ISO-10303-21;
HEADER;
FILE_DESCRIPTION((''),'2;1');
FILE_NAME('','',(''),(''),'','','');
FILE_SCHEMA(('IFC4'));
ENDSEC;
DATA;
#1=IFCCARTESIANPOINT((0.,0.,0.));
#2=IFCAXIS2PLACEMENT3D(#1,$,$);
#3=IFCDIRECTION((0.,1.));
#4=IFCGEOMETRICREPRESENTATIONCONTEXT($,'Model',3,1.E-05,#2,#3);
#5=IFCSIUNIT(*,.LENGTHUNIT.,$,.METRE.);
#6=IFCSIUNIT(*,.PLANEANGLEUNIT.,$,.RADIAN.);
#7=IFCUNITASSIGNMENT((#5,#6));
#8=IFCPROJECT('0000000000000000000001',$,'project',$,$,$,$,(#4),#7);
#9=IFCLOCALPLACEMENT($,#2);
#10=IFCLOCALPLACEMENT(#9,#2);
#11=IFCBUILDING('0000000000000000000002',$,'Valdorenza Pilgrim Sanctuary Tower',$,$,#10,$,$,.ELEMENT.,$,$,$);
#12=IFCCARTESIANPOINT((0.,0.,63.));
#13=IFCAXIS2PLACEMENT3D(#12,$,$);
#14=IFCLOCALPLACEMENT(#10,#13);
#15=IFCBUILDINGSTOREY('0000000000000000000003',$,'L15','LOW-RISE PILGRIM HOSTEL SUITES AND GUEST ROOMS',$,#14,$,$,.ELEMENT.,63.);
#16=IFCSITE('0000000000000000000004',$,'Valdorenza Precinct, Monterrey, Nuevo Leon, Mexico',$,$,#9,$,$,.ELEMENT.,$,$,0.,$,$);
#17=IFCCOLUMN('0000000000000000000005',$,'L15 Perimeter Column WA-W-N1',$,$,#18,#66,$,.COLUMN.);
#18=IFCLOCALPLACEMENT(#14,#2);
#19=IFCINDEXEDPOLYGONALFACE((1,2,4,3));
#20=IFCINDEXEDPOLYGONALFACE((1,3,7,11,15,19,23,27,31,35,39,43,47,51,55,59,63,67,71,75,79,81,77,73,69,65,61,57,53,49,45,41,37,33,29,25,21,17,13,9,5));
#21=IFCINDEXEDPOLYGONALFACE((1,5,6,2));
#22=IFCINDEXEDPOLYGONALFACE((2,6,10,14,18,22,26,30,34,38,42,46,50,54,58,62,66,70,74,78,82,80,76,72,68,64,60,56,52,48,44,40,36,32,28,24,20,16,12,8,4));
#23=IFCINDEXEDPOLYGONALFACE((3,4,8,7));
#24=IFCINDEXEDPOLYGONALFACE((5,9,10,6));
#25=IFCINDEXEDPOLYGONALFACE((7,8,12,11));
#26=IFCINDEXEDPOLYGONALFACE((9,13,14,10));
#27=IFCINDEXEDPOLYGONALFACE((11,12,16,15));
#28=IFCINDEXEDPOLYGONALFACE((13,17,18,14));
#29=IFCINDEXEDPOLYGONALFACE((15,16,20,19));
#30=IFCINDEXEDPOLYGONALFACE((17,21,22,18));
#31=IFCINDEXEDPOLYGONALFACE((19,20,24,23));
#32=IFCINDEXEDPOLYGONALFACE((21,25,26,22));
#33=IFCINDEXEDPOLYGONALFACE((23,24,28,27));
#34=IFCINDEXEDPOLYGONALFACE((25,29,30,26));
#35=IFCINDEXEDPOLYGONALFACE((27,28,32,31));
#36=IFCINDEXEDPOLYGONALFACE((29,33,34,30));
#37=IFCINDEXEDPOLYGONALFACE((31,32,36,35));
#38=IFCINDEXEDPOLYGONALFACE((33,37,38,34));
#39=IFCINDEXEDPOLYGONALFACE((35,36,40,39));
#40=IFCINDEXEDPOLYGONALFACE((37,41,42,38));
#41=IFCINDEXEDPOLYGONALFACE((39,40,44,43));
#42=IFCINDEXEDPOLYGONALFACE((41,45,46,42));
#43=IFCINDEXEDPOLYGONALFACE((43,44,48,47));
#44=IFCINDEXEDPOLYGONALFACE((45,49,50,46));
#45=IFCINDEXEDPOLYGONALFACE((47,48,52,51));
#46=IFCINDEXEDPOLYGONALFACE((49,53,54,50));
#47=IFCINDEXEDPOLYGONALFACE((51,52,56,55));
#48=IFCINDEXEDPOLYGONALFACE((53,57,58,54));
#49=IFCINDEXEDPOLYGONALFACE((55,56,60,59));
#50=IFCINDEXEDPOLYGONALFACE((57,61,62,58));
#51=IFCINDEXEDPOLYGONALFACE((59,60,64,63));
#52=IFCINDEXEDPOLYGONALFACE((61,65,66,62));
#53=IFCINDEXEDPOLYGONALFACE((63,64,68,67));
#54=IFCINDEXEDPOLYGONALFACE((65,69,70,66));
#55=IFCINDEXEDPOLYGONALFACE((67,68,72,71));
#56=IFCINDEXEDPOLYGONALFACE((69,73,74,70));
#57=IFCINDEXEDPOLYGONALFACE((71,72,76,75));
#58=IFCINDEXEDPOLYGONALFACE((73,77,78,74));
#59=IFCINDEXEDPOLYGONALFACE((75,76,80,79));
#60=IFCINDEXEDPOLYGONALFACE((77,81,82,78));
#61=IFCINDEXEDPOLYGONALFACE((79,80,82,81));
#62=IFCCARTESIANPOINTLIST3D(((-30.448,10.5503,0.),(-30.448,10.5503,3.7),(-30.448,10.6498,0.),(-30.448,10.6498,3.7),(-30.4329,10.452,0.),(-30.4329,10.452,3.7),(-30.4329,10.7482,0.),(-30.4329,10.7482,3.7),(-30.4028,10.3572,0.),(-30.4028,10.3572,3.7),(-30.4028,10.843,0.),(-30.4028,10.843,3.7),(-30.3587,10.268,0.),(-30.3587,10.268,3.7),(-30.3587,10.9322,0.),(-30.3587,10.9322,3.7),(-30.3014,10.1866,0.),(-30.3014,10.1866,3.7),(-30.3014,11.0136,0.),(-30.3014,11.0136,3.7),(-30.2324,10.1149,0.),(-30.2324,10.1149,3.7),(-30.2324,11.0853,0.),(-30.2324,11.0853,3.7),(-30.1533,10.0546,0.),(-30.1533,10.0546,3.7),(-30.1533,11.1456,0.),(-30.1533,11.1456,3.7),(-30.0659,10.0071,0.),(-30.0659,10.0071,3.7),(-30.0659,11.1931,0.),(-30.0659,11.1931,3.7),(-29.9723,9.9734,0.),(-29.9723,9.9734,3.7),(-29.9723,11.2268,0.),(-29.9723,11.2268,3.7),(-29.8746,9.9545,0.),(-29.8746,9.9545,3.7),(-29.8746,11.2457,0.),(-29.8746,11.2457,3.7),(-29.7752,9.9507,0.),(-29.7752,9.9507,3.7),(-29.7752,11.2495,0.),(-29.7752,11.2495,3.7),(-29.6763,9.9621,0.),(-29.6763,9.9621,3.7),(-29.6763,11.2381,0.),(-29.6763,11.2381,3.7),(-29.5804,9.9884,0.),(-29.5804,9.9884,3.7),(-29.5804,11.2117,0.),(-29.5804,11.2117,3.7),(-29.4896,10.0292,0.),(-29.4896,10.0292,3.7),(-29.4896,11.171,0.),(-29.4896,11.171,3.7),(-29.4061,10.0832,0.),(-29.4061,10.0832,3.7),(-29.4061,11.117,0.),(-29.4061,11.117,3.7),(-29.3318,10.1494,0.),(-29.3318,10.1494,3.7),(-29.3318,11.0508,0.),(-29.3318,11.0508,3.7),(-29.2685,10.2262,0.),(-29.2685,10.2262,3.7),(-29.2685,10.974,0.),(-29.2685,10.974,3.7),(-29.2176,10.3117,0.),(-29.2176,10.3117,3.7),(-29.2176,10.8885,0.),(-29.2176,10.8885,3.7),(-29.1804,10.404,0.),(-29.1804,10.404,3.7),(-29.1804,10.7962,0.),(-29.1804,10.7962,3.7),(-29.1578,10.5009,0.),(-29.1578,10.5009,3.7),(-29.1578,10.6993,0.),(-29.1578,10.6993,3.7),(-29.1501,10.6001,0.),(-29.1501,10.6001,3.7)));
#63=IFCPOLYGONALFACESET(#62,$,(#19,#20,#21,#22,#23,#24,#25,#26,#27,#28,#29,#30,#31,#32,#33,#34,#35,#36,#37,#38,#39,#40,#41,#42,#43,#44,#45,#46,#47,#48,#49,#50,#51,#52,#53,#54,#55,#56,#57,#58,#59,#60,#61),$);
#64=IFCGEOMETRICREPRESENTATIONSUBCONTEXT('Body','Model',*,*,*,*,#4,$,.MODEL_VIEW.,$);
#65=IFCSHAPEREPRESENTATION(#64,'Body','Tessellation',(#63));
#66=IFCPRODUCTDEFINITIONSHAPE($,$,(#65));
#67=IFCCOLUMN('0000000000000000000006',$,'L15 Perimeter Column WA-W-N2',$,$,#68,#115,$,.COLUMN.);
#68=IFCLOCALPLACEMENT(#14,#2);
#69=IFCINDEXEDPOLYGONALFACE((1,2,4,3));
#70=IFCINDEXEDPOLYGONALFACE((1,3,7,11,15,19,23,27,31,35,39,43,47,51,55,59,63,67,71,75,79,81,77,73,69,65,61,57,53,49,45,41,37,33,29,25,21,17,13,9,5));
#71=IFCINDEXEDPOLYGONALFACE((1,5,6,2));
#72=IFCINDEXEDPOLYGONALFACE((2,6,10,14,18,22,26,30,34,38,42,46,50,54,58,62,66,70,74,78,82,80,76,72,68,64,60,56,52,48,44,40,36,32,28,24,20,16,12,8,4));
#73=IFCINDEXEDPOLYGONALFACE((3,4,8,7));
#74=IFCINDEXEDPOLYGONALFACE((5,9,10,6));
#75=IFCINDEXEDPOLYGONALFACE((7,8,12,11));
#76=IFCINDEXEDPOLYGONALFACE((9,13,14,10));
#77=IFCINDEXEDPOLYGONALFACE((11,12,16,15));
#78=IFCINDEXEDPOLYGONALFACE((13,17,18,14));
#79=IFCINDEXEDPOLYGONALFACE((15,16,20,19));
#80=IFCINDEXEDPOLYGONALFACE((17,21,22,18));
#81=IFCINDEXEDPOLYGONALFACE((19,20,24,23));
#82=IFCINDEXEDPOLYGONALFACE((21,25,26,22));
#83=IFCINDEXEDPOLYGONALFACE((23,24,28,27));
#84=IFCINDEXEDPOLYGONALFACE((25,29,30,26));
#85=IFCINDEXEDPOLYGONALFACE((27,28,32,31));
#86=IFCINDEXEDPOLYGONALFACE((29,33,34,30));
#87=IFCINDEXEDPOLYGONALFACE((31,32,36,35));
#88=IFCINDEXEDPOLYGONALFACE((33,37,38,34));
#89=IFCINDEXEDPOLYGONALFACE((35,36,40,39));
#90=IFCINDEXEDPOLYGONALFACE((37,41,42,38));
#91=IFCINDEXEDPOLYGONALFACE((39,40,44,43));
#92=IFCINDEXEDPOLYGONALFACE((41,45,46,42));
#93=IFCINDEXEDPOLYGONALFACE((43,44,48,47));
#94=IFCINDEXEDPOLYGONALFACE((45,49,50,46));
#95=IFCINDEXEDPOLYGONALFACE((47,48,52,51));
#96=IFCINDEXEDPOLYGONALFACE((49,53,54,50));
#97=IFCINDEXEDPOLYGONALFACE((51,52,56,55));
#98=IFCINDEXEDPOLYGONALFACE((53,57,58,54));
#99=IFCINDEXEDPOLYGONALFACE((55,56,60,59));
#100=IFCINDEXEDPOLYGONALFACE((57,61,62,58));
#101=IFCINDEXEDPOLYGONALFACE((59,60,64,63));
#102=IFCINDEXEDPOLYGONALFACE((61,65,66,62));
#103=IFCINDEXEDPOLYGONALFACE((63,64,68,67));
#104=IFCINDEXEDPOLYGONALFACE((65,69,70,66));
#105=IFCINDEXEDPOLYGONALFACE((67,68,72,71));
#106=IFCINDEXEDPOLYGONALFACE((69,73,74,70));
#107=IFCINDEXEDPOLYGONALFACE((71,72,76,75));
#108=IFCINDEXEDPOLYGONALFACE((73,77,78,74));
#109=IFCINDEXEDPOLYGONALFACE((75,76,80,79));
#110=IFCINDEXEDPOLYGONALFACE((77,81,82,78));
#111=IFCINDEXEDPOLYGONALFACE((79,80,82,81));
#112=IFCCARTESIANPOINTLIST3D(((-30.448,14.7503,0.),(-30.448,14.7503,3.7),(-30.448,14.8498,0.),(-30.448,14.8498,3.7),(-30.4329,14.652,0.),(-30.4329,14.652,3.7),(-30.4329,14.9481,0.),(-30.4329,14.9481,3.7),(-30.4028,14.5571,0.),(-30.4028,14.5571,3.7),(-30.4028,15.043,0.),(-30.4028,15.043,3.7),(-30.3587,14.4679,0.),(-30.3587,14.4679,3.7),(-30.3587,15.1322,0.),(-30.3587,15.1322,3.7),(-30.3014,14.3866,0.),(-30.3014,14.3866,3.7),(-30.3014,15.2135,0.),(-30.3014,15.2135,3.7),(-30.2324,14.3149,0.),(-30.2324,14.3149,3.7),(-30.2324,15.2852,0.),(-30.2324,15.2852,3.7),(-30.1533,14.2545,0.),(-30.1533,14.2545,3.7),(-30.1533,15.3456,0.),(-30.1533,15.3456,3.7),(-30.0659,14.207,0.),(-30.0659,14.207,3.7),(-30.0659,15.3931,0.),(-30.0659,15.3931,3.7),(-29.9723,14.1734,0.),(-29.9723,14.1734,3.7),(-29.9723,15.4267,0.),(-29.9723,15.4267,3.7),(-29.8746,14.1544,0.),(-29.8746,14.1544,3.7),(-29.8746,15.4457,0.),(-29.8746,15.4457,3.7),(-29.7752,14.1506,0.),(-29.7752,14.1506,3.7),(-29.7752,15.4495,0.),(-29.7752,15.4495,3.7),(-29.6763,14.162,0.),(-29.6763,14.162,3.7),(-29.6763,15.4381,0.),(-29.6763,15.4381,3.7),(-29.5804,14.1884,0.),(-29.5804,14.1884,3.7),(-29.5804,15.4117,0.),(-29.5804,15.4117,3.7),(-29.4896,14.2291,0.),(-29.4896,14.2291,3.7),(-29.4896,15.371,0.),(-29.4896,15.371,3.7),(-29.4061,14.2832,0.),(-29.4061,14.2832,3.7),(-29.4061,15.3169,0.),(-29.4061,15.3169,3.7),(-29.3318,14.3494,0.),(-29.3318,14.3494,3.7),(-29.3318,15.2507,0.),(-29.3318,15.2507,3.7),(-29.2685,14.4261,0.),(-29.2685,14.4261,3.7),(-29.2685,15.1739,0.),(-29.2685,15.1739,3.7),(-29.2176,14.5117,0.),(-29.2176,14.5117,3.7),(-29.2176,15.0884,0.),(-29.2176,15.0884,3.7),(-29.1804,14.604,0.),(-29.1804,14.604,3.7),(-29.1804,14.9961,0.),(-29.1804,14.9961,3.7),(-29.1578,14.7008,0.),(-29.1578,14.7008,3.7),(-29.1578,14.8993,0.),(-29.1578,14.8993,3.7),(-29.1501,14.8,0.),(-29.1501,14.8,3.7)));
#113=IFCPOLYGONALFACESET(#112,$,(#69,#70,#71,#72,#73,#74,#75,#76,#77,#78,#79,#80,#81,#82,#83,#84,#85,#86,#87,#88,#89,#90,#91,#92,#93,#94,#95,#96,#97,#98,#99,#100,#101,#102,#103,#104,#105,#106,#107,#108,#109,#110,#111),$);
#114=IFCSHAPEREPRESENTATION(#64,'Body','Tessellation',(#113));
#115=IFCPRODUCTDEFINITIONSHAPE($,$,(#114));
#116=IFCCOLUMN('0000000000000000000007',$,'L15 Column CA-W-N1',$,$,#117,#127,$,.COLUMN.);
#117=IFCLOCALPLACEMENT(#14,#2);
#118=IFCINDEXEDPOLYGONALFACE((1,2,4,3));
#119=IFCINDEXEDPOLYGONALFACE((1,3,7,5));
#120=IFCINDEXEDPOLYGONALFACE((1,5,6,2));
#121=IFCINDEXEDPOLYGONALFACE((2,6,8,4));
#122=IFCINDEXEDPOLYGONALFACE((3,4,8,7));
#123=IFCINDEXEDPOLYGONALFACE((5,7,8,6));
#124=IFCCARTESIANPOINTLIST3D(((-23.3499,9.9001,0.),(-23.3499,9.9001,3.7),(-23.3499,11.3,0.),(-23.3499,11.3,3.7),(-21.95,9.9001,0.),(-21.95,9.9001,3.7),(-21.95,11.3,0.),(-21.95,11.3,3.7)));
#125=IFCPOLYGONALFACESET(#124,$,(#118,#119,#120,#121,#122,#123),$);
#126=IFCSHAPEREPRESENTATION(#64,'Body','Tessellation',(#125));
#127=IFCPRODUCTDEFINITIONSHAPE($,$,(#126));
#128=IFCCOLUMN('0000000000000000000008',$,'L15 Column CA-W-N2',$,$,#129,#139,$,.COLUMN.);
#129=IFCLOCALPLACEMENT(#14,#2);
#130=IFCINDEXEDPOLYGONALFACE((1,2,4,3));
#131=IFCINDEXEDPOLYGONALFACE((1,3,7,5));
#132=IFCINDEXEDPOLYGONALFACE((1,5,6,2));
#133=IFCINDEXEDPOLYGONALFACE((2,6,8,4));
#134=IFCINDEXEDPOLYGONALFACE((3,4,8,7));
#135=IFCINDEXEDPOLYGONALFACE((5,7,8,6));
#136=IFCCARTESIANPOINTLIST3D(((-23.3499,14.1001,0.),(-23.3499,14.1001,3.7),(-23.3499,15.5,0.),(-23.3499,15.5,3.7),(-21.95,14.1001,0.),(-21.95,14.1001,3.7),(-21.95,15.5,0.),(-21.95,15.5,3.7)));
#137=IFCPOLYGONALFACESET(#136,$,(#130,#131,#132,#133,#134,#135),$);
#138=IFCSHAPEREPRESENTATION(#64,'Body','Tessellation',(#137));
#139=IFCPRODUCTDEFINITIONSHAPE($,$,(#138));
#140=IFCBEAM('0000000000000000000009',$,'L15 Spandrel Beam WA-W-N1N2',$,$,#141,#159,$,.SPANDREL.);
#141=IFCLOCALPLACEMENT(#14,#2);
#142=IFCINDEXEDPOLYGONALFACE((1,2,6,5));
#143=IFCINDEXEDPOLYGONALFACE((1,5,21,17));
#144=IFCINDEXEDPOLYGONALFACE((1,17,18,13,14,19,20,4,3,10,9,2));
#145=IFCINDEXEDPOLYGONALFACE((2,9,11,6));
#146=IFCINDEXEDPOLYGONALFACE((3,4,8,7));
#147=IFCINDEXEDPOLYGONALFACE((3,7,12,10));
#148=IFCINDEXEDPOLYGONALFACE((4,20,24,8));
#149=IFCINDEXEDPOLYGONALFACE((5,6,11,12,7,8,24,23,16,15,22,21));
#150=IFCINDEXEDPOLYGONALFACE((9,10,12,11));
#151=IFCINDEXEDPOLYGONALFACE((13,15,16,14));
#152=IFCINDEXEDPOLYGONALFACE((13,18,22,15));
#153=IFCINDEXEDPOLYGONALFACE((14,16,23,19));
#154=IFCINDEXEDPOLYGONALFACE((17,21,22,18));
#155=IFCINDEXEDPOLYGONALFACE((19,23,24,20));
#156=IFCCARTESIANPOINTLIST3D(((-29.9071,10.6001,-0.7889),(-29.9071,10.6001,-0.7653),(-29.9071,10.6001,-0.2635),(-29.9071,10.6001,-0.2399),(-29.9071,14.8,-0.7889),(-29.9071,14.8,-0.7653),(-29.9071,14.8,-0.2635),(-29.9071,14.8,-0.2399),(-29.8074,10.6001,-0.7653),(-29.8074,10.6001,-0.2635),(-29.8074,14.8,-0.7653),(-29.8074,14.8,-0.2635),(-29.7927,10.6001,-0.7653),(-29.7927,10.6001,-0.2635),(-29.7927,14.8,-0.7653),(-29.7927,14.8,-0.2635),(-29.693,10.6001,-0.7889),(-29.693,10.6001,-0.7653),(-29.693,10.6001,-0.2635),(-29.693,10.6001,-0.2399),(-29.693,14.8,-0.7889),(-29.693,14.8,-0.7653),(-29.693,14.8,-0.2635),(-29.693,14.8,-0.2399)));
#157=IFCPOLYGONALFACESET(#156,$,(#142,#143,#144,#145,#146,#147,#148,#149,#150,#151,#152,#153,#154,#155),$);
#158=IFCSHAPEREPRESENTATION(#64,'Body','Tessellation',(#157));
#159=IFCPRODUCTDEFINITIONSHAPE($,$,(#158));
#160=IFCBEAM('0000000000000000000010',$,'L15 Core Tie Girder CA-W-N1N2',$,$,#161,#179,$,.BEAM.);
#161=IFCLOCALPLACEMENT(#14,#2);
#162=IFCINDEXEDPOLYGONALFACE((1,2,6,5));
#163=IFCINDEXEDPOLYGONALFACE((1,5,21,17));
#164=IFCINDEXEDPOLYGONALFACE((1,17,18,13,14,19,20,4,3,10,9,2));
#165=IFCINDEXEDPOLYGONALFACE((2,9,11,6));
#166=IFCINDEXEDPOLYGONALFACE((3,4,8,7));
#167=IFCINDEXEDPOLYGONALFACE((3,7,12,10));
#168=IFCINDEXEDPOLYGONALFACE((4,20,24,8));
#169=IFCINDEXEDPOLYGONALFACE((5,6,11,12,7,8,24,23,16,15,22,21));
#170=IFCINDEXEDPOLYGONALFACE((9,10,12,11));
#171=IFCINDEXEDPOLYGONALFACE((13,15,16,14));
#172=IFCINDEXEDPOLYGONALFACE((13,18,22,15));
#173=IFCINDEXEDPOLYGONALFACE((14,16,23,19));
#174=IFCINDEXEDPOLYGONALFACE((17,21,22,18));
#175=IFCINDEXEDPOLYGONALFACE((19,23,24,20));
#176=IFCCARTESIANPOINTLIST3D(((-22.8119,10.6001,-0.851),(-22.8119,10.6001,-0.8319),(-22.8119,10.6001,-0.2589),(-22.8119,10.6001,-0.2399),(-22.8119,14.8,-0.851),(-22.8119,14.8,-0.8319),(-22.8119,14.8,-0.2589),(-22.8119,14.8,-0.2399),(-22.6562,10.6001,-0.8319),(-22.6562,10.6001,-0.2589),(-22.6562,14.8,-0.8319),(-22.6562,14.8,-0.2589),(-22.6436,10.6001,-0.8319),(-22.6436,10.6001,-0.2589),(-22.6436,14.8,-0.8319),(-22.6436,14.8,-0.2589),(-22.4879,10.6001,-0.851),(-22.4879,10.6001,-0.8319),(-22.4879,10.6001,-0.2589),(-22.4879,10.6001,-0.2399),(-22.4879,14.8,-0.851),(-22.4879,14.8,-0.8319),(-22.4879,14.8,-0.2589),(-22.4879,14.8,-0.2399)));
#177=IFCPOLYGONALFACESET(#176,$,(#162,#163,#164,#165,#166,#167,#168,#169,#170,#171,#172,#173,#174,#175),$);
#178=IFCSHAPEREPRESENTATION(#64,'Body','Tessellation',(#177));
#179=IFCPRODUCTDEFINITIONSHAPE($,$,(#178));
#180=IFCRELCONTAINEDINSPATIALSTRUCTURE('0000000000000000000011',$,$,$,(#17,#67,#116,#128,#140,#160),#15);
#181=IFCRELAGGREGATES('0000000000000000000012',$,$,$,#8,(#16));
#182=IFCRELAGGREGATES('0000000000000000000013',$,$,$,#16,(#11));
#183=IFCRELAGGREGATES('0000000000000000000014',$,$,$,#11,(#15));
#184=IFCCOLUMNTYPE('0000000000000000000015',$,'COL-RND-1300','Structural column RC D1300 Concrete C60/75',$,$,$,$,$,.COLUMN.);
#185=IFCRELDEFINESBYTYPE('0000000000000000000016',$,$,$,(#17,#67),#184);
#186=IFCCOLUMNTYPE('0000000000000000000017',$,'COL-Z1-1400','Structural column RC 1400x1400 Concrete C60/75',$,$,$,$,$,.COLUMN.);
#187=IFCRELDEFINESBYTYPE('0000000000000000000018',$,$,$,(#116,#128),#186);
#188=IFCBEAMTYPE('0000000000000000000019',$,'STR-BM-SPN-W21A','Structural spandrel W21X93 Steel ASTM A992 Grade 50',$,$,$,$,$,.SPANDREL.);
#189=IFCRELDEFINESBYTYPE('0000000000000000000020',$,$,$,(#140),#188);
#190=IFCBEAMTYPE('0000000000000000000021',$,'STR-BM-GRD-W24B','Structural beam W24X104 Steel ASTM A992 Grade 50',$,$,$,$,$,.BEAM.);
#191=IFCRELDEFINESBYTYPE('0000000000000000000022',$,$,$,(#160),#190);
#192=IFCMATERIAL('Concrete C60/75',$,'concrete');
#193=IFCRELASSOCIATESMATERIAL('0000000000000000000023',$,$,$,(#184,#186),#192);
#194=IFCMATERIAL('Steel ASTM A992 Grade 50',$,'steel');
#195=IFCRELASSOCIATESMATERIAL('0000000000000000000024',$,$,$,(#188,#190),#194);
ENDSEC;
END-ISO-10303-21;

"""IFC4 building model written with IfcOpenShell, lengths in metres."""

from ifc_helpers import new_model, si_unit, direction, frame, origin, origin_2d, place, context, subcontext, project, spatial, rectangle, circle, i_section, extrude, source, transform, mapped, material, material_profile, profile_set, type_object, element, save


model = new_model("IFC4")

# Units and contexts
model_context = context("Model", 3, precision=1e-05, world=origin(), true_north=direction((0.0, 1.0)))
body_context = subcontext(model_context, "Body", "Model", "MODEL_VIEW")
ifc_project = project(units=[si_unit("LENGTHUNIT", "METRE"), si_unit("PLANEANGLEUNIT", "RADIAN")], contexts=[model_context])

# Site, building, storey
site_placement = place(None, origin())
site = spatial("IfcSite", under=ifc_project, at=site_placement, Name="Valdorenza Precinct, Monterrey, Nuevo Leon, Mexico", CompositionType="ELEMENT", RefElevation=0.0)
building_placement = place(site_placement, origin())
building = spatial("IfcBuilding", under=site, at=building_placement, Name="Valdorenza Pilgrim Sanctuary Tower", CompositionType="ELEMENT")
storey_placement = place(building_placement, frame((0.0, 0.0, 63.0)))
storey = spatial("IfcBuildingStorey", under=building, at=storey_placement, Name="L15", Description="LOW-RISE PILGRIM HOSTEL SUITES AND GUEST ROOMS", CompositionType="ELEMENT", Elevation=63.0)

# Columns
ifc_material_1 = material(Name="Concrete C60/75", Category="concrete")
ifc_material_profile_1 = material_profile(ifc_material_1, circle(Radius=0.6499, at=origin_2d()), Name="RC D1300")
ifc_profile_set_1 = profile_set([ifc_material_profile_1], Name="Concrete C60/75")
column_type_1 = type_object("IfcColumnType", Name="COL-RND-1300", Description="Structural column RC D1300 Concrete C60/75", PredefinedType="COLUMN", material=ifc_profile_set_1)
shared_shape_1 = source(origin(), body_context, "Body", "SweptSolid", [
    extrude(circle(Radius=0.6499, at=origin_2d()), origin(), (0.0, 0.0, 1.0), 3.7),
])
for number, where, z_axis, x_axis, name in (
    (1, (-29.8, 10.6001, 0.0), (0.0, 0.0, 1.0), (1.0, 0.0, 0.0), "L15 Perimeter Column WA-W-N1"),
    (2, (-29.8, 14.8, 0.0), (0.0, 0.0, 1.0), (1.0, 0.0, 0.0), "L15 Perimeter Column WA-W-N2"),
):
    element("IfcColumn", number, at=place(storey_placement, frame(where, z_axis=z_axis, x_axis=x_axis)), inside=storey, type_object=column_type_1, Name=name, PredefinedType="COLUMN", context=body_context, shape_type="MappedRepresentation", body=[
        mapped(shared_shape_1, transform((0.0, 0.0, 0.0), x_axis=(1.0, 0.0, 0.0), y_axis=(0.0, 1.0, 0.0), z_axis=(0.0, 0.0, 1.0), scale=1.0)),
    ])
ifc_material_profile_2 = material_profile(ifc_material_1, rectangle(XDim=1.3999, YDim=1.3999, at=origin_2d()), Name="RC 1400x1400")
ifc_profile_set_2 = profile_set([ifc_material_profile_2], Name="Concrete C60/75")
column_type_2 = type_object("IfcColumnType", Name="COL-Z1-1400", Description="Structural column RC 1400x1400 Concrete C60/75", PredefinedType="COLUMN", material=ifc_profile_set_2)
shared_shape_2 = source(origin(), body_context, "Body", "SweptSolid", [
    extrude(rectangle(XDim=1.3999, YDim=1.3999, at=origin_2d()), origin(), (0.0, 0.0, 1.0), 3.7),
])
for number, where, z_axis, x_axis, name in (
    (3, (-22.6499, 10.6001, 0.0), (0.0, 0.0, 1.0), (1.0, 0.0, 0.0), "L15 Column CA-W-N1"),
    (4, (-22.6499, 14.8, 0.0), (0.0, 0.0, 1.0), (1.0, 0.0, 0.0), "L15 Column CA-W-N2"),
):
    element("IfcColumn", number, at=place(storey_placement, frame(where, z_axis=z_axis, x_axis=x_axis)), inside=storey, type_object=column_type_2, Name=name, PredefinedType="COLUMN", context=body_context, shape_type="MappedRepresentation", body=[
        mapped(shared_shape_2, transform((0.0, 0.0, 0.0), x_axis=(1.0, 0.0, 0.0), y_axis=(0.0, 1.0, 0.0), z_axis=(0.0, 0.0, 1.0), scale=1.0)),
    ])

# Beams
ifc_material_2 = material(Name="Steel ASTM A992 Grade 50", Category="steel")
ifc_material_profile_3 = material_profile(ifc_material_2, i_section(OverallWidth=0.2141, OverallDepth=0.5491, WebThickness=0.0146, FlangeThickness=0.0237, at=origin_2d()), Name="W21X93")
ifc_profile_set_3 = profile_set([ifc_material_profile_3], Name="Steel ASTM A992 Grade 50")
beam_type_1 = type_object("IfcBeamType", Name="STR-BM-SPN-W21A", Description="Structural spandrel W21X93 Steel ASTM A992 Grade 50", PredefinedType="SPANDREL", material=ifc_profile_set_3)
shared_shape_3 = source(origin(), body_context, "Body", "SweptSolid", [
    extrude(i_section(OverallWidth=0.2141, OverallDepth=0.5491, WebThickness=0.0146, FlangeThickness=0.0237, at=origin_2d()), origin(), (0.0, 0.0, 1.0), 4.2),
])
beam_1_placement = place(storey_placement, frame((-29.8, 10.6001, -0.5144), z_axis=(0.0, 1.0, 0.0), x_axis=(-1.0, 0.0, 0.0)))
element("IfcBeam", 5, at=beam_1_placement, inside=storey, type_object=beam_type_1, Name="L15 Spandrel Beam WA-W-N1N2", PredefinedType="SPANDREL", context=body_context, shape_type="MappedRepresentation", body=[
    mapped(shared_shape_3, transform((0.0, 0.0, 0.0), x_axis=(1.0, 0.0, 0.0), y_axis=(0.0, 1.0, 0.0), z_axis=(0.0, 0.0, 1.0), scale=1.0)),
])
ifc_material_profile_4 = material_profile(ifc_material_2, i_section(OverallWidth=0.324, OverallDepth=0.6111, WebThickness=0.0127, FlangeThickness=0.019, at=origin_2d()), Name="W24X104")
ifc_profile_set_4 = profile_set([ifc_material_profile_4], Name="Steel ASTM A992 Grade 50")
beam_type_2 = type_object("IfcBeamType", Name="STR-BM-GRD-W24B", Description="Structural beam W24X104 Steel ASTM A992 Grade 50", PredefinedType="BEAM", material=ifc_profile_set_4)
shared_shape_4 = source(origin(), body_context, "Body", "SweptSolid", [
    extrude(i_section(OverallWidth=0.324, OverallDepth=0.6111, WebThickness=0.0127, FlangeThickness=0.019, at=origin_2d()), origin(), (0.0, 0.0, 1.0), 4.2),
])
beam_2_placement = place(storey_placement, frame((-22.6499, 10.6001, -0.5454), z_axis=(0.0, 1.0, 0.0), x_axis=(-1.0, 0.0, 0.0)))
element("IfcBeam", 6, at=beam_2_placement, inside=storey, type_object=beam_type_2, Name="L15 Core Tie Girder CA-W-N1N2", PredefinedType="BEAM", context=body_context, shape_type="MappedRepresentation", body=[
    mapped(shared_shape_4, transform((0.0, 0.0, 0.0), x_axis=(1.0, 0.0, 0.0), y_axis=(0.0, 1.0, 0.0), z_axis=(0.0, 0.0, 1.0), scale=1.0)),
])

save(model, "model.ifc")
